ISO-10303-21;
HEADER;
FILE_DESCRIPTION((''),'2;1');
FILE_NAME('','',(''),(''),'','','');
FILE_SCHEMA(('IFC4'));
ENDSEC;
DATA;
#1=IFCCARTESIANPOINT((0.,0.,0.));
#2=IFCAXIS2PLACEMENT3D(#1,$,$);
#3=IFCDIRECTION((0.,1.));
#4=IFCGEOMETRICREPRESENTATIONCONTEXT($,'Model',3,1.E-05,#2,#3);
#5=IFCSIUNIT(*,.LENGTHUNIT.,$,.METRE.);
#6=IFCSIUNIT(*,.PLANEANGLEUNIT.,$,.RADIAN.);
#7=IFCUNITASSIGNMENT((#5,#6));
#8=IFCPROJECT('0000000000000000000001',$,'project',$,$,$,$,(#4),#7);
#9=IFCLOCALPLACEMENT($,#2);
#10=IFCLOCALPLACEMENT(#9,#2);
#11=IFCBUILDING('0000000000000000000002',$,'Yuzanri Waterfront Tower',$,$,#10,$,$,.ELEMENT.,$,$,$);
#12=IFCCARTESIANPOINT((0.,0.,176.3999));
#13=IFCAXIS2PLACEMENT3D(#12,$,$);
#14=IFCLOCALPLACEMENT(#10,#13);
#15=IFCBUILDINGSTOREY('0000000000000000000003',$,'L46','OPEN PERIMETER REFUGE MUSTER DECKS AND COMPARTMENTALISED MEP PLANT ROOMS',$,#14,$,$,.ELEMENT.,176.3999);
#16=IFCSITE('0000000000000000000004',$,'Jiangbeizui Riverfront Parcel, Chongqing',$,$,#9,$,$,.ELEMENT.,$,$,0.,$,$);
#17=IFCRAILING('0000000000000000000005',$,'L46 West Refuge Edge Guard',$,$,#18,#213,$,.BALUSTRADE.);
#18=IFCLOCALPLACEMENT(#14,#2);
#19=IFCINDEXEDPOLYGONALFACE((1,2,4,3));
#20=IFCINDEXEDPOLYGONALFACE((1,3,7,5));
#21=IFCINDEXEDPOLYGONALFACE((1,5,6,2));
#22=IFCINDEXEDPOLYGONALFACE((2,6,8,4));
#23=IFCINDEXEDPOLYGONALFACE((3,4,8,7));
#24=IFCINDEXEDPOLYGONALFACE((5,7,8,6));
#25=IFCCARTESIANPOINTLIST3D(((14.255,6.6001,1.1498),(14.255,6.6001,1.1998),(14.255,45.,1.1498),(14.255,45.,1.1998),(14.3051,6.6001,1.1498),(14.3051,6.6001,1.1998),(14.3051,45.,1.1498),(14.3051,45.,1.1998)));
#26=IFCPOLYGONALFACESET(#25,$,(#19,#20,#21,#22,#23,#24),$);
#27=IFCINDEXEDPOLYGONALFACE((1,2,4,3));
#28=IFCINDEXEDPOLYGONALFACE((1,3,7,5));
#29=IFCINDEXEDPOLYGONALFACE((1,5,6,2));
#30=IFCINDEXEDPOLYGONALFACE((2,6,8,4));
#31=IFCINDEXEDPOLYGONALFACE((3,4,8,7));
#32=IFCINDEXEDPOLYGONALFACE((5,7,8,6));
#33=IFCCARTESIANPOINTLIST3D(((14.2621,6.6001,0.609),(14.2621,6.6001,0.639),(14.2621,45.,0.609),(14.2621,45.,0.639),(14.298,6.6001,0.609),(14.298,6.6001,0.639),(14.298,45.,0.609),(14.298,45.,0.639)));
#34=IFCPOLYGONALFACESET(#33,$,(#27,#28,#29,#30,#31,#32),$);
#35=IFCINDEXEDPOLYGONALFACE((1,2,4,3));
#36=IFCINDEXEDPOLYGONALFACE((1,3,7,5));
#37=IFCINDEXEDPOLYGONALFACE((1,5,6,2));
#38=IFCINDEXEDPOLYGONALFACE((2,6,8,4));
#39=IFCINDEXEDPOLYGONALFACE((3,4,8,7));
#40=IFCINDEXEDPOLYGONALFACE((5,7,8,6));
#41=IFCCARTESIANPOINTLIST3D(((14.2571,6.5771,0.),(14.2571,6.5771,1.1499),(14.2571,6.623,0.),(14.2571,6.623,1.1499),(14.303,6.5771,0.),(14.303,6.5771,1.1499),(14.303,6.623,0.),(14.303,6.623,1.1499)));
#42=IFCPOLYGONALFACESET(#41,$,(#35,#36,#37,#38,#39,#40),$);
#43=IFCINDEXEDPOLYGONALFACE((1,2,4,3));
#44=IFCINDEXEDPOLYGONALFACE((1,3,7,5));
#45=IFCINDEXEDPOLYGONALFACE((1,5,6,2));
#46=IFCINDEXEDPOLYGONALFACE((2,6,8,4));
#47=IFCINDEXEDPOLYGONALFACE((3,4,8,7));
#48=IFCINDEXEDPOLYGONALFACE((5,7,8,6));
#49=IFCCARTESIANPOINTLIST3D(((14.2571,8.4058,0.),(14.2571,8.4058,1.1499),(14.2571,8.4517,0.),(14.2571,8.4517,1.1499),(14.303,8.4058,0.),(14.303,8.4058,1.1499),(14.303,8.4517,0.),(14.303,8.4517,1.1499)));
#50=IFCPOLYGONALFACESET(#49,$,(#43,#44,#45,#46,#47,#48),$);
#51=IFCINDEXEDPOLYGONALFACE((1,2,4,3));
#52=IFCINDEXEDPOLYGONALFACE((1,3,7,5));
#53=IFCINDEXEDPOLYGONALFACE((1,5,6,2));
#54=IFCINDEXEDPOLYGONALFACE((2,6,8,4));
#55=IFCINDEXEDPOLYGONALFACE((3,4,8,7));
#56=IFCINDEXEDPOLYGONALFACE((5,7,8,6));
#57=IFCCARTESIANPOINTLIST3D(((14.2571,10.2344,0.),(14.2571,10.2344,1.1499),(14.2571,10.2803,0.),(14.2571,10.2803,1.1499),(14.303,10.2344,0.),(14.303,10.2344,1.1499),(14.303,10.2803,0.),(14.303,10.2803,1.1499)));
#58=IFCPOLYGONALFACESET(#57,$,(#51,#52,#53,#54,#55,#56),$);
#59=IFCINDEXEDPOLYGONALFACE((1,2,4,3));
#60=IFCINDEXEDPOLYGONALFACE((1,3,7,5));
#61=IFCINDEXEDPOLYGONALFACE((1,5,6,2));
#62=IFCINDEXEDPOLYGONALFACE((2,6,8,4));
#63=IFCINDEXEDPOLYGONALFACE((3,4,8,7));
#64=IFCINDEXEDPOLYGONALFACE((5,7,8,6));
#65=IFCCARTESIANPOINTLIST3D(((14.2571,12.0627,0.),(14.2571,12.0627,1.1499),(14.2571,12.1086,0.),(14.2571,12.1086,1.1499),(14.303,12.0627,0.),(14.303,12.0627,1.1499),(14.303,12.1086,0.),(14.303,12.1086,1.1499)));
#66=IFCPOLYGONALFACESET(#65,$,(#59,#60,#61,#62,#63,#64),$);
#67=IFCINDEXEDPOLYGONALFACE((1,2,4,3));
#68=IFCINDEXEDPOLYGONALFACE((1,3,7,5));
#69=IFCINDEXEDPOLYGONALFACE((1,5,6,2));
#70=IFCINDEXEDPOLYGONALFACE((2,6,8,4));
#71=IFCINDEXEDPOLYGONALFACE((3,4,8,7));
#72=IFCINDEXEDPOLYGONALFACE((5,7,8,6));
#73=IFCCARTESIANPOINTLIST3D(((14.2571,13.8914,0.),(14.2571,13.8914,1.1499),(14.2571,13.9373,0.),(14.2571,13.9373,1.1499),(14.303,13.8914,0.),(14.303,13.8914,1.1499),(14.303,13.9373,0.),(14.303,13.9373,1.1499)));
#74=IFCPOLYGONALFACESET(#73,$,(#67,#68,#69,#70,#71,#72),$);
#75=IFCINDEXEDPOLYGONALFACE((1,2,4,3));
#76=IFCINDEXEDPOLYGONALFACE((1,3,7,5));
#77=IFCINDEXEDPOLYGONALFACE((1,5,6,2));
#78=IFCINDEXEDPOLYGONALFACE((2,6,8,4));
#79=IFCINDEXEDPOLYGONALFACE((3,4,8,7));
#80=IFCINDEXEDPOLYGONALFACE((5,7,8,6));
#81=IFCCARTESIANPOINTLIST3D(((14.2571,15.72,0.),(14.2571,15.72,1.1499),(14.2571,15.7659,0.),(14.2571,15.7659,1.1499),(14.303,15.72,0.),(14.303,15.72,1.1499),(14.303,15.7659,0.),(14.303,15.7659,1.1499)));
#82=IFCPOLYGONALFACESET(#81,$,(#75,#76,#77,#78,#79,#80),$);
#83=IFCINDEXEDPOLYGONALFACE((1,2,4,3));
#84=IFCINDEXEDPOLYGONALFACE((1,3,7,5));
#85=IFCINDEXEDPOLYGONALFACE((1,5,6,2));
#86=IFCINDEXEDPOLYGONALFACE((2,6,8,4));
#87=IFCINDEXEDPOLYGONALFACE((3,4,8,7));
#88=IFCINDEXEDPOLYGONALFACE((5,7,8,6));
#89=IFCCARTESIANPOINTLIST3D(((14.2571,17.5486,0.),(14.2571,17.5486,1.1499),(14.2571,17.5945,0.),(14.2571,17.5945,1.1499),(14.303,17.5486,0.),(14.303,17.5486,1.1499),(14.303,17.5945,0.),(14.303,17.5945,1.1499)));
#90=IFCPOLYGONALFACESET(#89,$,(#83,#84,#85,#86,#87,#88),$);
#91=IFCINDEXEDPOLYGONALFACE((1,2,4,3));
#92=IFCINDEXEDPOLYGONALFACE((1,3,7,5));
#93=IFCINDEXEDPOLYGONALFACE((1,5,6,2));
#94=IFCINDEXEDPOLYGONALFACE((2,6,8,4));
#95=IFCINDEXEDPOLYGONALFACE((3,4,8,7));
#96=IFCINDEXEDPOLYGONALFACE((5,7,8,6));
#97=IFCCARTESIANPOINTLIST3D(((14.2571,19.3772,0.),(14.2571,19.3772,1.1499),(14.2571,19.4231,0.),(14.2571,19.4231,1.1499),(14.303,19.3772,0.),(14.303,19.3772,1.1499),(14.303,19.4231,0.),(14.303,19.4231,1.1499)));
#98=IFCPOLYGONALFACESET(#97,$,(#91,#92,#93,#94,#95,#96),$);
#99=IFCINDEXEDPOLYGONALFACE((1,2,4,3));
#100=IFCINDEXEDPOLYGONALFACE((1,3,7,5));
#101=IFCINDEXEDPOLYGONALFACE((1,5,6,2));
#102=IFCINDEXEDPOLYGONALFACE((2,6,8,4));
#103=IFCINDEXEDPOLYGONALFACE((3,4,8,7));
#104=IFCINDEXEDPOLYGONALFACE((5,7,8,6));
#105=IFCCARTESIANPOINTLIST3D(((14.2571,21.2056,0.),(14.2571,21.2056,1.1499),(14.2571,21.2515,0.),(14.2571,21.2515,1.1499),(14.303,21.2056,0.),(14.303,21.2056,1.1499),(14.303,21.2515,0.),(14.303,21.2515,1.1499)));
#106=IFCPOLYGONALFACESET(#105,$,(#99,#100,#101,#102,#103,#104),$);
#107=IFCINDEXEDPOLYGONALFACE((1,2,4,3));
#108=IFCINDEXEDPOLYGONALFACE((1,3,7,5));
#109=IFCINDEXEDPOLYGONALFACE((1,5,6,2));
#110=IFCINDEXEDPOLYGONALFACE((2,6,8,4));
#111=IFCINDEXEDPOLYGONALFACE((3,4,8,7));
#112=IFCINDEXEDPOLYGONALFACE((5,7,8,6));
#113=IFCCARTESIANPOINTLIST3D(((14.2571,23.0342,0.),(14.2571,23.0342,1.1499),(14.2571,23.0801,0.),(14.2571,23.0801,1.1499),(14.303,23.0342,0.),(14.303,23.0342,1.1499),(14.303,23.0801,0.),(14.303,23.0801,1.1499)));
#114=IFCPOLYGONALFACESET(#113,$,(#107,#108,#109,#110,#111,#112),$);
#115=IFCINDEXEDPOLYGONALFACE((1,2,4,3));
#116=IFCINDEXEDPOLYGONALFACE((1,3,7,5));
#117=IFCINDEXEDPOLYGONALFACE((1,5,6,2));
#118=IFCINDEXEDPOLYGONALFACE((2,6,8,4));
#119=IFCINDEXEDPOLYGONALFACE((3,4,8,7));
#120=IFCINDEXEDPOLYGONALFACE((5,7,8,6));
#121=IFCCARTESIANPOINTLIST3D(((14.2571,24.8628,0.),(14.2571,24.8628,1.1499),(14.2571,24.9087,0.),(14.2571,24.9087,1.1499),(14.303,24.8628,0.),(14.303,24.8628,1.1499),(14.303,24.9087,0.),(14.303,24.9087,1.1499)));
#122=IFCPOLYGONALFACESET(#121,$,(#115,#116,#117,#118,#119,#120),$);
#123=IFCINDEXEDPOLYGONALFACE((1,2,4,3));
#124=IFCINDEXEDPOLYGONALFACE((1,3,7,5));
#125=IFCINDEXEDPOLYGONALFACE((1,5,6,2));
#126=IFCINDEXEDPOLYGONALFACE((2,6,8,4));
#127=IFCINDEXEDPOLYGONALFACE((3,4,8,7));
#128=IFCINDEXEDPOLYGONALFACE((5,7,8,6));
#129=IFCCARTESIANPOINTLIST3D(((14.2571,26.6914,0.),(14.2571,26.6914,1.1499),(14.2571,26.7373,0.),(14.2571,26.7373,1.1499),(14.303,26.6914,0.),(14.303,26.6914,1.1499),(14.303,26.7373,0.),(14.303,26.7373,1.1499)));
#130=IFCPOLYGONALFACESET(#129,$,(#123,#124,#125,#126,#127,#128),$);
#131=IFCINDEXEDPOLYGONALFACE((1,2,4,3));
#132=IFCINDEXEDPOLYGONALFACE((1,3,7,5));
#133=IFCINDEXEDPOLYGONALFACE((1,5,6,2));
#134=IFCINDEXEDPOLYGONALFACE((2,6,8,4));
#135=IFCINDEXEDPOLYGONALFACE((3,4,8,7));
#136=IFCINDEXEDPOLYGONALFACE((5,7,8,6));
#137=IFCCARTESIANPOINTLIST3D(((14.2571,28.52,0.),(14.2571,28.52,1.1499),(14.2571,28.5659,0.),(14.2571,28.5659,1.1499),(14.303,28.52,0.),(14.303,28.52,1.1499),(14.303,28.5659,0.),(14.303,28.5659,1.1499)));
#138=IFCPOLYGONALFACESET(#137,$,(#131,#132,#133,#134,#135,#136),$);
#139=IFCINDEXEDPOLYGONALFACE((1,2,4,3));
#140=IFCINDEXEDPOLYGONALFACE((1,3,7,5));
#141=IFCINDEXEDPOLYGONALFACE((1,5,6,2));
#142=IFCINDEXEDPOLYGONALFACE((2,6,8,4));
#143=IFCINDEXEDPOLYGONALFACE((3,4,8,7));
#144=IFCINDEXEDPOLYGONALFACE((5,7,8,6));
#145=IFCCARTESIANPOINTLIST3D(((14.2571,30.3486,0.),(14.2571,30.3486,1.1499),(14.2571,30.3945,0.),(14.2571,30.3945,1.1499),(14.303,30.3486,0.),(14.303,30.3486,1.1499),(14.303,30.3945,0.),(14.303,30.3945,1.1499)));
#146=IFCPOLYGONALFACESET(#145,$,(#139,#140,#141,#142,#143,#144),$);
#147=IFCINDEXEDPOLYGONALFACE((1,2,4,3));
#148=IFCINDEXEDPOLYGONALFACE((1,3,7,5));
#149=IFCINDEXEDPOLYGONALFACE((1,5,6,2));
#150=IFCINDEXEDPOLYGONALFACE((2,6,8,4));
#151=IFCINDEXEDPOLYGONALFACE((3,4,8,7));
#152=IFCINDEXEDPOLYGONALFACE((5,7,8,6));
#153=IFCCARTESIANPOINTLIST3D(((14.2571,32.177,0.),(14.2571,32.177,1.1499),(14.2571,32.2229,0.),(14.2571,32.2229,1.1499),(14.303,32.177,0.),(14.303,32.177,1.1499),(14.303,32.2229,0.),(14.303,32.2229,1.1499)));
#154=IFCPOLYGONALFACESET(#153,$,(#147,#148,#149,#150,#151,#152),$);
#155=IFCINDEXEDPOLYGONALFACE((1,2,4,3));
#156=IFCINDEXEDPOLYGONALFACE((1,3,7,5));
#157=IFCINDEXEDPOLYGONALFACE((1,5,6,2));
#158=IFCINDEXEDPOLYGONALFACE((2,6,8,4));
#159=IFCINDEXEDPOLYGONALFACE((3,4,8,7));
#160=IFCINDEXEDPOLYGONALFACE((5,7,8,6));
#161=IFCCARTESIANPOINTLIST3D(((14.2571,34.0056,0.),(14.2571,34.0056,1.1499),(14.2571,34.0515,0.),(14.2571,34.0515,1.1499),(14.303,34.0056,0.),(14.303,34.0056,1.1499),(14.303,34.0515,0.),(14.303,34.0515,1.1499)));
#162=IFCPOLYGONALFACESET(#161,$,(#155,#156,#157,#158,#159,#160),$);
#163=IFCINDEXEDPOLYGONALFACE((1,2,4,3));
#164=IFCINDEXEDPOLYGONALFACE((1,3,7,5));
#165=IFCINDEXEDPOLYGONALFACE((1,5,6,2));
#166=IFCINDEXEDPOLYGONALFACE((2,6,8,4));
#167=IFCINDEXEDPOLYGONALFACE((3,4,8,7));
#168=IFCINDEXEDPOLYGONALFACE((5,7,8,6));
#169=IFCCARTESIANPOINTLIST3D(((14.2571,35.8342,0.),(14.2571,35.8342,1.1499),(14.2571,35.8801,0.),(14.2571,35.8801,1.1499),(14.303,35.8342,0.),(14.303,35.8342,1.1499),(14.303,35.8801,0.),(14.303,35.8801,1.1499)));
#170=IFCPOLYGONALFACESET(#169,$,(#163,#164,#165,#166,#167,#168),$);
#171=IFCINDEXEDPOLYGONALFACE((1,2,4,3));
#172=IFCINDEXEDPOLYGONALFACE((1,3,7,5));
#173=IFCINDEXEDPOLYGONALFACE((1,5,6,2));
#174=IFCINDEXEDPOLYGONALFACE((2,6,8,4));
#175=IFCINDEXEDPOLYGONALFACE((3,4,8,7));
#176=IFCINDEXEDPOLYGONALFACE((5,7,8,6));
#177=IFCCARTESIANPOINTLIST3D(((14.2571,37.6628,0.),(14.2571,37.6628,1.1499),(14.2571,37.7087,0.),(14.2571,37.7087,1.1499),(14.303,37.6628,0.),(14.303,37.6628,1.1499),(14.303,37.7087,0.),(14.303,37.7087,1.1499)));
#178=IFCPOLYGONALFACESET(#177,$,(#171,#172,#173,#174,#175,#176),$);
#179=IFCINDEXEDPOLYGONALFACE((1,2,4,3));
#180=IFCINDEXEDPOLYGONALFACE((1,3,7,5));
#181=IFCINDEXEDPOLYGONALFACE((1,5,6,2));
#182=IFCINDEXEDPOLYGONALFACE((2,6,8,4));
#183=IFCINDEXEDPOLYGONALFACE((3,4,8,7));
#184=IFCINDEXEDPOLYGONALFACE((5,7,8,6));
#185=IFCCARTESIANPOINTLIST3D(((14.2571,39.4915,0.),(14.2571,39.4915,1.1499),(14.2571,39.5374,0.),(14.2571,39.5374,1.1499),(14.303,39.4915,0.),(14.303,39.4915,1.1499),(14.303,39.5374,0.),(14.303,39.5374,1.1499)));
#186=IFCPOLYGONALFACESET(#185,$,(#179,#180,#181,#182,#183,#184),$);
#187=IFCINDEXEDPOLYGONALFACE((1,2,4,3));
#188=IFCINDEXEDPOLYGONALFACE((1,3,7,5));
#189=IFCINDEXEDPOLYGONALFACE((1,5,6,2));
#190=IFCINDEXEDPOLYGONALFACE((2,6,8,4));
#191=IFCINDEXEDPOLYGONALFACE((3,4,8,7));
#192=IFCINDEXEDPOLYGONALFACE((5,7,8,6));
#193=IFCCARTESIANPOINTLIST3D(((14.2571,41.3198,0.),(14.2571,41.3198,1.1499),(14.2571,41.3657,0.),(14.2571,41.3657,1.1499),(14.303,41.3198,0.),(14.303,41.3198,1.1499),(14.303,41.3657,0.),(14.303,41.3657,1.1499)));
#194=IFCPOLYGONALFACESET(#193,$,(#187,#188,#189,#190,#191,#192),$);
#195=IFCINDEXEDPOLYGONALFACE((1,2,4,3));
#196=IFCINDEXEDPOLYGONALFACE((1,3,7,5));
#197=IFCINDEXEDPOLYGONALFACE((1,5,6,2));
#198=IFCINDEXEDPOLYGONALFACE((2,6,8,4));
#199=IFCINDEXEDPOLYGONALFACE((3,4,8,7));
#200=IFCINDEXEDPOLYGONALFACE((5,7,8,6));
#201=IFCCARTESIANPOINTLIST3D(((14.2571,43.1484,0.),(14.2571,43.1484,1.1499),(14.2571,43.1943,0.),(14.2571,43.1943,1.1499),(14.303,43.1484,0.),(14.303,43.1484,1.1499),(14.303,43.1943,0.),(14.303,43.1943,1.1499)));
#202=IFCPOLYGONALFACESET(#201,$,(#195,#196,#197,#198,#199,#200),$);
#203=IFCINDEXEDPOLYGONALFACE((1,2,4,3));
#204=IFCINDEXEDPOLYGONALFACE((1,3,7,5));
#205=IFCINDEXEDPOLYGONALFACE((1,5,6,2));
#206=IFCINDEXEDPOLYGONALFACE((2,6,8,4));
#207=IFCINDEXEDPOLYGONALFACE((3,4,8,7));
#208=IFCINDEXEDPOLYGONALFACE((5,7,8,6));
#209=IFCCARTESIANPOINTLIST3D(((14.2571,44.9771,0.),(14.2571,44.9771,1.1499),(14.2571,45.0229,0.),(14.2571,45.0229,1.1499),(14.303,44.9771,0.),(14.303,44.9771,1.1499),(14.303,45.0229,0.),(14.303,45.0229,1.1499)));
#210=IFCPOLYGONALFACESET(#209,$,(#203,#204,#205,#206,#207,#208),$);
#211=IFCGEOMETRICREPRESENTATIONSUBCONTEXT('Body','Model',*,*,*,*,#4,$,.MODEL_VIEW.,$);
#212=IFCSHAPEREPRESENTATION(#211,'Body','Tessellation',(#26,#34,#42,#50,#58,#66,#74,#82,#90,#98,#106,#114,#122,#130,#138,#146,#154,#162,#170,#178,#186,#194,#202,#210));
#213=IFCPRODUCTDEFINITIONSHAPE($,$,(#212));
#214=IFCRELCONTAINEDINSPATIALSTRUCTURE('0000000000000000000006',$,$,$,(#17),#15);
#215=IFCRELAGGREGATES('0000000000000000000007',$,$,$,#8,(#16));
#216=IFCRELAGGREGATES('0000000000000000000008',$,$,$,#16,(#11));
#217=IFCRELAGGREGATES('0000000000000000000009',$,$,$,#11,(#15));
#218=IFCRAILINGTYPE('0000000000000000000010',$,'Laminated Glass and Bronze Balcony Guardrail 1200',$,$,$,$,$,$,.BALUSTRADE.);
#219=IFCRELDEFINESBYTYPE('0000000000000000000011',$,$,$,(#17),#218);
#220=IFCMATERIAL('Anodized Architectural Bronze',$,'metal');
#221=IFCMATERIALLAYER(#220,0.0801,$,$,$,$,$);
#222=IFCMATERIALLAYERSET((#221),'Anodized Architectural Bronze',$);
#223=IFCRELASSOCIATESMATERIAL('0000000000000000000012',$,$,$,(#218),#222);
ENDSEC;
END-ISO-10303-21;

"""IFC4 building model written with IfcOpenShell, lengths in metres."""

from ifc_helpers import new_model, si_unit, direction, frame, origin, origin_2d, place, context, subcontext, project, spatial, rectangle, extrude, source, transform, mapped, material, layer, layer_set, type_object, element, save


model = new_model("IFC4")

# Units and contexts
model_context = context("Model", 3, precision=1e-05, world=origin(), true_north=direction((0.0, 1.0)))
body_context = subcontext(model_context, "Body", "Model", "MODEL_VIEW")
ifc_project = project(units=[si_unit("LENGTHUNIT", "METRE"), si_unit("PLANEANGLEUNIT", "RADIAN")], contexts=[model_context])

# Site, building, storey
site_placement = place(None, origin())
site = spatial("IfcSite", under=ifc_project, at=site_placement, Name="Jiangbeizui Riverfront Parcel, Chongqing", CompositionType="ELEMENT", RefElevation=0.0)
building_placement = place(site_placement, origin())
building = spatial("IfcBuilding", under=site, at=building_placement, Name="Yuzanri Waterfront Tower", CompositionType="ELEMENT")
storey_placement = place(building_placement, frame((0.0, 0.0, 176.3999)))
storey = spatial("IfcBuildingStorey", under=building, at=storey_placement, Name="L46", Description="OPEN PERIMETER REFUGE MUSTER DECKS AND COMPARTMENTALISED MEP PLANT ROOMS", CompositionType="ELEMENT", Elevation=176.3999)

# Railing
ifc_material_1 = material(Name="Anodized Architectural Bronze", Category="metal")
ifc_layer_1 = layer(ifc_material_1, 0.0801)
ifc_layer_set_1 = layer_set([ifc_layer_1], Name="Anodized Architectural Bronze")
railing_type = type_object("IfcRailingType", Name="Laminated Glass and Bronze Balcony Guardrail 1200", PredefinedType="BALUSTRADE", material=ifc_layer_set_1)
shared_shape_1 = source(origin(), body_context, "Body", "SweptSolid", [
    extrude(rectangle(XDim=0.05, YDim=0.05, at=origin_2d()), frame((0.0, 0.0, 1.1748), z_axis=(0.0, 1.0, 0.0), x_axis=(-1.0, 0.0, 0.0)), (0.0, 0.0, 1.0), 38.3999),
    extrude(rectangle(XDim=0.0359, YDim=0.03, at=origin_2d()), frame((0.0, 0.0, 0.624), z_axis=(0.0, 1.0, 0.0), x_axis=(-1.0, 0.0, 0.0)), (0.0, 0.0, 1.0), 38.3999),
    extrude(rectangle(XDim=0.0459, YDim=0.0459, at=origin_2d()), origin(), (0.0, 0.0, 1.0), 1.1499),
    extrude(rectangle(XDim=0.0459, YDim=0.0459, at=origin_2d()), frame((0.0, 1.8286, 0.0)), (0.0, 0.0, 1.0), 1.1499),
    extrude(rectangle(XDim=0.0459, YDim=0.0459, at=origin_2d()), frame((0.0, 3.6572, 0.0)), (0.0, 0.0, 1.0), 1.1499),
    extrude(rectangle(XDim=0.0459, YDim=0.0459, at=origin_2d()), frame((0.0, 5.4856, 0.0)), (0.0, 0.0, 1.0), 1.1499),
    extrude(rectangle(XDim=0.0459, YDim=0.0459, at=origin_2d()), frame((0.0, 7.3142, 0.0)), (0.0, 0.0, 1.0), 1.1499),
    extrude(rectangle(XDim=0.0459, YDim=0.0459, at=origin_2d()), frame((0.0, 9.1428, 0.0)), (0.0, 0.0, 1.0), 1.1499),
    extrude(rectangle(XDim=0.0459, YDim=0.0459, at=origin_2d()), frame((0.0, 10.9714, 0.0)), (0.0, 0.0, 1.0), 1.1499),
    extrude(rectangle(XDim=0.0459, YDim=0.0459, at=origin_2d()), frame((0.0, 12.8, 0.0)), (0.0, 0.0, 1.0), 1.1499),
    extrude(rectangle(XDim=0.0459, YDim=0.0459, at=origin_2d()), frame((0.0, 14.6284, 0.0)), (0.0, 0.0, 1.0), 1.1499),
    extrude(rectangle(XDim=0.0459, YDim=0.0459, at=origin_2d()), frame((0.0, 16.457, 0.0)), (0.0, 0.0, 1.0), 1.1499),
    extrude(rectangle(XDim=0.0459, YDim=0.0459, at=origin_2d()), frame((0.0, 18.2856, 0.0)), (0.0, 0.0, 1.0), 1.1499),
    extrude(rectangle(XDim=0.0459, YDim=0.0459, at=origin_2d()), frame((0.0, 20.1143, 0.0)), (0.0, 0.0, 1.0), 1.1499),
    extrude(rectangle(XDim=0.0459, YDim=0.0459, at=origin_2d()), frame((0.0, 21.9429, 0.0)), (0.0, 0.0, 1.0), 1.1499),
    extrude(rectangle(XDim=0.0459, YDim=0.0459, at=origin_2d()), frame((0.0, 23.7715, 0.0)), (0.0, 0.0, 1.0), 1.1499),
    extrude(rectangle(XDim=0.0459, YDim=0.0459, at=origin_2d()), frame((0.0, 25.5999, 0.0)), (0.0, 0.0, 1.0), 1.1499),
    extrude(rectangle(XDim=0.0459, YDim=0.0459, at=origin_2d()), frame((0.0, 27.4285, 0.0)), (0.0, 0.0, 1.0), 1.1499),
    extrude(rectangle(XDim=0.0459, YDim=0.0459, at=origin_2d()), frame((0.0, 29.2571, 0.0)), (0.0, 0.0, 1.0), 1.1499),
    extrude(rectangle(XDim=0.0459, YDim=0.0459, at=origin_2d()), frame((0.0, 31.0857, 0.0)), (0.0, 0.0, 1.0), 1.1499),
    extrude(rectangle(XDim=0.0459, YDim=0.0459, at=origin_2d()), frame((0.0, 32.9143, 0.0)), (0.0, 0.0, 1.0), 1.1499),
    extrude(rectangle(XDim=0.0459, YDim=0.0459, at=origin_2d()), frame((0.0, 34.7427, 0.0)), (0.0, 0.0, 1.0), 1.1499),
    extrude(rectangle(XDim=0.0459, YDim=0.0459, at=origin_2d()), frame((0.0, 36.5713, 0.0)), (0.0, 0.0, 1.0), 1.1499),
    extrude(rectangle(XDim=0.0459, YDim=0.0459, at=origin_2d()), frame((0.0, 38.3999, 0.0)), (0.0, 0.0, 1.0), 1.1499),
])
railing_1_placement = place(storey_placement, frame((14.28, 6.6001, 0.0)))
element("IfcRailing", 1, at=railing_1_placement, inside=storey, type_object=railing_type, Name="L46 West Refuge Edge Guard", PredefinedType="BALUSTRADE", context=body_context, shape_type="MappedRepresentation", body=[
    mapped(shared_shape_1, transform((0.0, 0.0, 0.0), scale=1.0)),
])

save(model, "model.ifc")
